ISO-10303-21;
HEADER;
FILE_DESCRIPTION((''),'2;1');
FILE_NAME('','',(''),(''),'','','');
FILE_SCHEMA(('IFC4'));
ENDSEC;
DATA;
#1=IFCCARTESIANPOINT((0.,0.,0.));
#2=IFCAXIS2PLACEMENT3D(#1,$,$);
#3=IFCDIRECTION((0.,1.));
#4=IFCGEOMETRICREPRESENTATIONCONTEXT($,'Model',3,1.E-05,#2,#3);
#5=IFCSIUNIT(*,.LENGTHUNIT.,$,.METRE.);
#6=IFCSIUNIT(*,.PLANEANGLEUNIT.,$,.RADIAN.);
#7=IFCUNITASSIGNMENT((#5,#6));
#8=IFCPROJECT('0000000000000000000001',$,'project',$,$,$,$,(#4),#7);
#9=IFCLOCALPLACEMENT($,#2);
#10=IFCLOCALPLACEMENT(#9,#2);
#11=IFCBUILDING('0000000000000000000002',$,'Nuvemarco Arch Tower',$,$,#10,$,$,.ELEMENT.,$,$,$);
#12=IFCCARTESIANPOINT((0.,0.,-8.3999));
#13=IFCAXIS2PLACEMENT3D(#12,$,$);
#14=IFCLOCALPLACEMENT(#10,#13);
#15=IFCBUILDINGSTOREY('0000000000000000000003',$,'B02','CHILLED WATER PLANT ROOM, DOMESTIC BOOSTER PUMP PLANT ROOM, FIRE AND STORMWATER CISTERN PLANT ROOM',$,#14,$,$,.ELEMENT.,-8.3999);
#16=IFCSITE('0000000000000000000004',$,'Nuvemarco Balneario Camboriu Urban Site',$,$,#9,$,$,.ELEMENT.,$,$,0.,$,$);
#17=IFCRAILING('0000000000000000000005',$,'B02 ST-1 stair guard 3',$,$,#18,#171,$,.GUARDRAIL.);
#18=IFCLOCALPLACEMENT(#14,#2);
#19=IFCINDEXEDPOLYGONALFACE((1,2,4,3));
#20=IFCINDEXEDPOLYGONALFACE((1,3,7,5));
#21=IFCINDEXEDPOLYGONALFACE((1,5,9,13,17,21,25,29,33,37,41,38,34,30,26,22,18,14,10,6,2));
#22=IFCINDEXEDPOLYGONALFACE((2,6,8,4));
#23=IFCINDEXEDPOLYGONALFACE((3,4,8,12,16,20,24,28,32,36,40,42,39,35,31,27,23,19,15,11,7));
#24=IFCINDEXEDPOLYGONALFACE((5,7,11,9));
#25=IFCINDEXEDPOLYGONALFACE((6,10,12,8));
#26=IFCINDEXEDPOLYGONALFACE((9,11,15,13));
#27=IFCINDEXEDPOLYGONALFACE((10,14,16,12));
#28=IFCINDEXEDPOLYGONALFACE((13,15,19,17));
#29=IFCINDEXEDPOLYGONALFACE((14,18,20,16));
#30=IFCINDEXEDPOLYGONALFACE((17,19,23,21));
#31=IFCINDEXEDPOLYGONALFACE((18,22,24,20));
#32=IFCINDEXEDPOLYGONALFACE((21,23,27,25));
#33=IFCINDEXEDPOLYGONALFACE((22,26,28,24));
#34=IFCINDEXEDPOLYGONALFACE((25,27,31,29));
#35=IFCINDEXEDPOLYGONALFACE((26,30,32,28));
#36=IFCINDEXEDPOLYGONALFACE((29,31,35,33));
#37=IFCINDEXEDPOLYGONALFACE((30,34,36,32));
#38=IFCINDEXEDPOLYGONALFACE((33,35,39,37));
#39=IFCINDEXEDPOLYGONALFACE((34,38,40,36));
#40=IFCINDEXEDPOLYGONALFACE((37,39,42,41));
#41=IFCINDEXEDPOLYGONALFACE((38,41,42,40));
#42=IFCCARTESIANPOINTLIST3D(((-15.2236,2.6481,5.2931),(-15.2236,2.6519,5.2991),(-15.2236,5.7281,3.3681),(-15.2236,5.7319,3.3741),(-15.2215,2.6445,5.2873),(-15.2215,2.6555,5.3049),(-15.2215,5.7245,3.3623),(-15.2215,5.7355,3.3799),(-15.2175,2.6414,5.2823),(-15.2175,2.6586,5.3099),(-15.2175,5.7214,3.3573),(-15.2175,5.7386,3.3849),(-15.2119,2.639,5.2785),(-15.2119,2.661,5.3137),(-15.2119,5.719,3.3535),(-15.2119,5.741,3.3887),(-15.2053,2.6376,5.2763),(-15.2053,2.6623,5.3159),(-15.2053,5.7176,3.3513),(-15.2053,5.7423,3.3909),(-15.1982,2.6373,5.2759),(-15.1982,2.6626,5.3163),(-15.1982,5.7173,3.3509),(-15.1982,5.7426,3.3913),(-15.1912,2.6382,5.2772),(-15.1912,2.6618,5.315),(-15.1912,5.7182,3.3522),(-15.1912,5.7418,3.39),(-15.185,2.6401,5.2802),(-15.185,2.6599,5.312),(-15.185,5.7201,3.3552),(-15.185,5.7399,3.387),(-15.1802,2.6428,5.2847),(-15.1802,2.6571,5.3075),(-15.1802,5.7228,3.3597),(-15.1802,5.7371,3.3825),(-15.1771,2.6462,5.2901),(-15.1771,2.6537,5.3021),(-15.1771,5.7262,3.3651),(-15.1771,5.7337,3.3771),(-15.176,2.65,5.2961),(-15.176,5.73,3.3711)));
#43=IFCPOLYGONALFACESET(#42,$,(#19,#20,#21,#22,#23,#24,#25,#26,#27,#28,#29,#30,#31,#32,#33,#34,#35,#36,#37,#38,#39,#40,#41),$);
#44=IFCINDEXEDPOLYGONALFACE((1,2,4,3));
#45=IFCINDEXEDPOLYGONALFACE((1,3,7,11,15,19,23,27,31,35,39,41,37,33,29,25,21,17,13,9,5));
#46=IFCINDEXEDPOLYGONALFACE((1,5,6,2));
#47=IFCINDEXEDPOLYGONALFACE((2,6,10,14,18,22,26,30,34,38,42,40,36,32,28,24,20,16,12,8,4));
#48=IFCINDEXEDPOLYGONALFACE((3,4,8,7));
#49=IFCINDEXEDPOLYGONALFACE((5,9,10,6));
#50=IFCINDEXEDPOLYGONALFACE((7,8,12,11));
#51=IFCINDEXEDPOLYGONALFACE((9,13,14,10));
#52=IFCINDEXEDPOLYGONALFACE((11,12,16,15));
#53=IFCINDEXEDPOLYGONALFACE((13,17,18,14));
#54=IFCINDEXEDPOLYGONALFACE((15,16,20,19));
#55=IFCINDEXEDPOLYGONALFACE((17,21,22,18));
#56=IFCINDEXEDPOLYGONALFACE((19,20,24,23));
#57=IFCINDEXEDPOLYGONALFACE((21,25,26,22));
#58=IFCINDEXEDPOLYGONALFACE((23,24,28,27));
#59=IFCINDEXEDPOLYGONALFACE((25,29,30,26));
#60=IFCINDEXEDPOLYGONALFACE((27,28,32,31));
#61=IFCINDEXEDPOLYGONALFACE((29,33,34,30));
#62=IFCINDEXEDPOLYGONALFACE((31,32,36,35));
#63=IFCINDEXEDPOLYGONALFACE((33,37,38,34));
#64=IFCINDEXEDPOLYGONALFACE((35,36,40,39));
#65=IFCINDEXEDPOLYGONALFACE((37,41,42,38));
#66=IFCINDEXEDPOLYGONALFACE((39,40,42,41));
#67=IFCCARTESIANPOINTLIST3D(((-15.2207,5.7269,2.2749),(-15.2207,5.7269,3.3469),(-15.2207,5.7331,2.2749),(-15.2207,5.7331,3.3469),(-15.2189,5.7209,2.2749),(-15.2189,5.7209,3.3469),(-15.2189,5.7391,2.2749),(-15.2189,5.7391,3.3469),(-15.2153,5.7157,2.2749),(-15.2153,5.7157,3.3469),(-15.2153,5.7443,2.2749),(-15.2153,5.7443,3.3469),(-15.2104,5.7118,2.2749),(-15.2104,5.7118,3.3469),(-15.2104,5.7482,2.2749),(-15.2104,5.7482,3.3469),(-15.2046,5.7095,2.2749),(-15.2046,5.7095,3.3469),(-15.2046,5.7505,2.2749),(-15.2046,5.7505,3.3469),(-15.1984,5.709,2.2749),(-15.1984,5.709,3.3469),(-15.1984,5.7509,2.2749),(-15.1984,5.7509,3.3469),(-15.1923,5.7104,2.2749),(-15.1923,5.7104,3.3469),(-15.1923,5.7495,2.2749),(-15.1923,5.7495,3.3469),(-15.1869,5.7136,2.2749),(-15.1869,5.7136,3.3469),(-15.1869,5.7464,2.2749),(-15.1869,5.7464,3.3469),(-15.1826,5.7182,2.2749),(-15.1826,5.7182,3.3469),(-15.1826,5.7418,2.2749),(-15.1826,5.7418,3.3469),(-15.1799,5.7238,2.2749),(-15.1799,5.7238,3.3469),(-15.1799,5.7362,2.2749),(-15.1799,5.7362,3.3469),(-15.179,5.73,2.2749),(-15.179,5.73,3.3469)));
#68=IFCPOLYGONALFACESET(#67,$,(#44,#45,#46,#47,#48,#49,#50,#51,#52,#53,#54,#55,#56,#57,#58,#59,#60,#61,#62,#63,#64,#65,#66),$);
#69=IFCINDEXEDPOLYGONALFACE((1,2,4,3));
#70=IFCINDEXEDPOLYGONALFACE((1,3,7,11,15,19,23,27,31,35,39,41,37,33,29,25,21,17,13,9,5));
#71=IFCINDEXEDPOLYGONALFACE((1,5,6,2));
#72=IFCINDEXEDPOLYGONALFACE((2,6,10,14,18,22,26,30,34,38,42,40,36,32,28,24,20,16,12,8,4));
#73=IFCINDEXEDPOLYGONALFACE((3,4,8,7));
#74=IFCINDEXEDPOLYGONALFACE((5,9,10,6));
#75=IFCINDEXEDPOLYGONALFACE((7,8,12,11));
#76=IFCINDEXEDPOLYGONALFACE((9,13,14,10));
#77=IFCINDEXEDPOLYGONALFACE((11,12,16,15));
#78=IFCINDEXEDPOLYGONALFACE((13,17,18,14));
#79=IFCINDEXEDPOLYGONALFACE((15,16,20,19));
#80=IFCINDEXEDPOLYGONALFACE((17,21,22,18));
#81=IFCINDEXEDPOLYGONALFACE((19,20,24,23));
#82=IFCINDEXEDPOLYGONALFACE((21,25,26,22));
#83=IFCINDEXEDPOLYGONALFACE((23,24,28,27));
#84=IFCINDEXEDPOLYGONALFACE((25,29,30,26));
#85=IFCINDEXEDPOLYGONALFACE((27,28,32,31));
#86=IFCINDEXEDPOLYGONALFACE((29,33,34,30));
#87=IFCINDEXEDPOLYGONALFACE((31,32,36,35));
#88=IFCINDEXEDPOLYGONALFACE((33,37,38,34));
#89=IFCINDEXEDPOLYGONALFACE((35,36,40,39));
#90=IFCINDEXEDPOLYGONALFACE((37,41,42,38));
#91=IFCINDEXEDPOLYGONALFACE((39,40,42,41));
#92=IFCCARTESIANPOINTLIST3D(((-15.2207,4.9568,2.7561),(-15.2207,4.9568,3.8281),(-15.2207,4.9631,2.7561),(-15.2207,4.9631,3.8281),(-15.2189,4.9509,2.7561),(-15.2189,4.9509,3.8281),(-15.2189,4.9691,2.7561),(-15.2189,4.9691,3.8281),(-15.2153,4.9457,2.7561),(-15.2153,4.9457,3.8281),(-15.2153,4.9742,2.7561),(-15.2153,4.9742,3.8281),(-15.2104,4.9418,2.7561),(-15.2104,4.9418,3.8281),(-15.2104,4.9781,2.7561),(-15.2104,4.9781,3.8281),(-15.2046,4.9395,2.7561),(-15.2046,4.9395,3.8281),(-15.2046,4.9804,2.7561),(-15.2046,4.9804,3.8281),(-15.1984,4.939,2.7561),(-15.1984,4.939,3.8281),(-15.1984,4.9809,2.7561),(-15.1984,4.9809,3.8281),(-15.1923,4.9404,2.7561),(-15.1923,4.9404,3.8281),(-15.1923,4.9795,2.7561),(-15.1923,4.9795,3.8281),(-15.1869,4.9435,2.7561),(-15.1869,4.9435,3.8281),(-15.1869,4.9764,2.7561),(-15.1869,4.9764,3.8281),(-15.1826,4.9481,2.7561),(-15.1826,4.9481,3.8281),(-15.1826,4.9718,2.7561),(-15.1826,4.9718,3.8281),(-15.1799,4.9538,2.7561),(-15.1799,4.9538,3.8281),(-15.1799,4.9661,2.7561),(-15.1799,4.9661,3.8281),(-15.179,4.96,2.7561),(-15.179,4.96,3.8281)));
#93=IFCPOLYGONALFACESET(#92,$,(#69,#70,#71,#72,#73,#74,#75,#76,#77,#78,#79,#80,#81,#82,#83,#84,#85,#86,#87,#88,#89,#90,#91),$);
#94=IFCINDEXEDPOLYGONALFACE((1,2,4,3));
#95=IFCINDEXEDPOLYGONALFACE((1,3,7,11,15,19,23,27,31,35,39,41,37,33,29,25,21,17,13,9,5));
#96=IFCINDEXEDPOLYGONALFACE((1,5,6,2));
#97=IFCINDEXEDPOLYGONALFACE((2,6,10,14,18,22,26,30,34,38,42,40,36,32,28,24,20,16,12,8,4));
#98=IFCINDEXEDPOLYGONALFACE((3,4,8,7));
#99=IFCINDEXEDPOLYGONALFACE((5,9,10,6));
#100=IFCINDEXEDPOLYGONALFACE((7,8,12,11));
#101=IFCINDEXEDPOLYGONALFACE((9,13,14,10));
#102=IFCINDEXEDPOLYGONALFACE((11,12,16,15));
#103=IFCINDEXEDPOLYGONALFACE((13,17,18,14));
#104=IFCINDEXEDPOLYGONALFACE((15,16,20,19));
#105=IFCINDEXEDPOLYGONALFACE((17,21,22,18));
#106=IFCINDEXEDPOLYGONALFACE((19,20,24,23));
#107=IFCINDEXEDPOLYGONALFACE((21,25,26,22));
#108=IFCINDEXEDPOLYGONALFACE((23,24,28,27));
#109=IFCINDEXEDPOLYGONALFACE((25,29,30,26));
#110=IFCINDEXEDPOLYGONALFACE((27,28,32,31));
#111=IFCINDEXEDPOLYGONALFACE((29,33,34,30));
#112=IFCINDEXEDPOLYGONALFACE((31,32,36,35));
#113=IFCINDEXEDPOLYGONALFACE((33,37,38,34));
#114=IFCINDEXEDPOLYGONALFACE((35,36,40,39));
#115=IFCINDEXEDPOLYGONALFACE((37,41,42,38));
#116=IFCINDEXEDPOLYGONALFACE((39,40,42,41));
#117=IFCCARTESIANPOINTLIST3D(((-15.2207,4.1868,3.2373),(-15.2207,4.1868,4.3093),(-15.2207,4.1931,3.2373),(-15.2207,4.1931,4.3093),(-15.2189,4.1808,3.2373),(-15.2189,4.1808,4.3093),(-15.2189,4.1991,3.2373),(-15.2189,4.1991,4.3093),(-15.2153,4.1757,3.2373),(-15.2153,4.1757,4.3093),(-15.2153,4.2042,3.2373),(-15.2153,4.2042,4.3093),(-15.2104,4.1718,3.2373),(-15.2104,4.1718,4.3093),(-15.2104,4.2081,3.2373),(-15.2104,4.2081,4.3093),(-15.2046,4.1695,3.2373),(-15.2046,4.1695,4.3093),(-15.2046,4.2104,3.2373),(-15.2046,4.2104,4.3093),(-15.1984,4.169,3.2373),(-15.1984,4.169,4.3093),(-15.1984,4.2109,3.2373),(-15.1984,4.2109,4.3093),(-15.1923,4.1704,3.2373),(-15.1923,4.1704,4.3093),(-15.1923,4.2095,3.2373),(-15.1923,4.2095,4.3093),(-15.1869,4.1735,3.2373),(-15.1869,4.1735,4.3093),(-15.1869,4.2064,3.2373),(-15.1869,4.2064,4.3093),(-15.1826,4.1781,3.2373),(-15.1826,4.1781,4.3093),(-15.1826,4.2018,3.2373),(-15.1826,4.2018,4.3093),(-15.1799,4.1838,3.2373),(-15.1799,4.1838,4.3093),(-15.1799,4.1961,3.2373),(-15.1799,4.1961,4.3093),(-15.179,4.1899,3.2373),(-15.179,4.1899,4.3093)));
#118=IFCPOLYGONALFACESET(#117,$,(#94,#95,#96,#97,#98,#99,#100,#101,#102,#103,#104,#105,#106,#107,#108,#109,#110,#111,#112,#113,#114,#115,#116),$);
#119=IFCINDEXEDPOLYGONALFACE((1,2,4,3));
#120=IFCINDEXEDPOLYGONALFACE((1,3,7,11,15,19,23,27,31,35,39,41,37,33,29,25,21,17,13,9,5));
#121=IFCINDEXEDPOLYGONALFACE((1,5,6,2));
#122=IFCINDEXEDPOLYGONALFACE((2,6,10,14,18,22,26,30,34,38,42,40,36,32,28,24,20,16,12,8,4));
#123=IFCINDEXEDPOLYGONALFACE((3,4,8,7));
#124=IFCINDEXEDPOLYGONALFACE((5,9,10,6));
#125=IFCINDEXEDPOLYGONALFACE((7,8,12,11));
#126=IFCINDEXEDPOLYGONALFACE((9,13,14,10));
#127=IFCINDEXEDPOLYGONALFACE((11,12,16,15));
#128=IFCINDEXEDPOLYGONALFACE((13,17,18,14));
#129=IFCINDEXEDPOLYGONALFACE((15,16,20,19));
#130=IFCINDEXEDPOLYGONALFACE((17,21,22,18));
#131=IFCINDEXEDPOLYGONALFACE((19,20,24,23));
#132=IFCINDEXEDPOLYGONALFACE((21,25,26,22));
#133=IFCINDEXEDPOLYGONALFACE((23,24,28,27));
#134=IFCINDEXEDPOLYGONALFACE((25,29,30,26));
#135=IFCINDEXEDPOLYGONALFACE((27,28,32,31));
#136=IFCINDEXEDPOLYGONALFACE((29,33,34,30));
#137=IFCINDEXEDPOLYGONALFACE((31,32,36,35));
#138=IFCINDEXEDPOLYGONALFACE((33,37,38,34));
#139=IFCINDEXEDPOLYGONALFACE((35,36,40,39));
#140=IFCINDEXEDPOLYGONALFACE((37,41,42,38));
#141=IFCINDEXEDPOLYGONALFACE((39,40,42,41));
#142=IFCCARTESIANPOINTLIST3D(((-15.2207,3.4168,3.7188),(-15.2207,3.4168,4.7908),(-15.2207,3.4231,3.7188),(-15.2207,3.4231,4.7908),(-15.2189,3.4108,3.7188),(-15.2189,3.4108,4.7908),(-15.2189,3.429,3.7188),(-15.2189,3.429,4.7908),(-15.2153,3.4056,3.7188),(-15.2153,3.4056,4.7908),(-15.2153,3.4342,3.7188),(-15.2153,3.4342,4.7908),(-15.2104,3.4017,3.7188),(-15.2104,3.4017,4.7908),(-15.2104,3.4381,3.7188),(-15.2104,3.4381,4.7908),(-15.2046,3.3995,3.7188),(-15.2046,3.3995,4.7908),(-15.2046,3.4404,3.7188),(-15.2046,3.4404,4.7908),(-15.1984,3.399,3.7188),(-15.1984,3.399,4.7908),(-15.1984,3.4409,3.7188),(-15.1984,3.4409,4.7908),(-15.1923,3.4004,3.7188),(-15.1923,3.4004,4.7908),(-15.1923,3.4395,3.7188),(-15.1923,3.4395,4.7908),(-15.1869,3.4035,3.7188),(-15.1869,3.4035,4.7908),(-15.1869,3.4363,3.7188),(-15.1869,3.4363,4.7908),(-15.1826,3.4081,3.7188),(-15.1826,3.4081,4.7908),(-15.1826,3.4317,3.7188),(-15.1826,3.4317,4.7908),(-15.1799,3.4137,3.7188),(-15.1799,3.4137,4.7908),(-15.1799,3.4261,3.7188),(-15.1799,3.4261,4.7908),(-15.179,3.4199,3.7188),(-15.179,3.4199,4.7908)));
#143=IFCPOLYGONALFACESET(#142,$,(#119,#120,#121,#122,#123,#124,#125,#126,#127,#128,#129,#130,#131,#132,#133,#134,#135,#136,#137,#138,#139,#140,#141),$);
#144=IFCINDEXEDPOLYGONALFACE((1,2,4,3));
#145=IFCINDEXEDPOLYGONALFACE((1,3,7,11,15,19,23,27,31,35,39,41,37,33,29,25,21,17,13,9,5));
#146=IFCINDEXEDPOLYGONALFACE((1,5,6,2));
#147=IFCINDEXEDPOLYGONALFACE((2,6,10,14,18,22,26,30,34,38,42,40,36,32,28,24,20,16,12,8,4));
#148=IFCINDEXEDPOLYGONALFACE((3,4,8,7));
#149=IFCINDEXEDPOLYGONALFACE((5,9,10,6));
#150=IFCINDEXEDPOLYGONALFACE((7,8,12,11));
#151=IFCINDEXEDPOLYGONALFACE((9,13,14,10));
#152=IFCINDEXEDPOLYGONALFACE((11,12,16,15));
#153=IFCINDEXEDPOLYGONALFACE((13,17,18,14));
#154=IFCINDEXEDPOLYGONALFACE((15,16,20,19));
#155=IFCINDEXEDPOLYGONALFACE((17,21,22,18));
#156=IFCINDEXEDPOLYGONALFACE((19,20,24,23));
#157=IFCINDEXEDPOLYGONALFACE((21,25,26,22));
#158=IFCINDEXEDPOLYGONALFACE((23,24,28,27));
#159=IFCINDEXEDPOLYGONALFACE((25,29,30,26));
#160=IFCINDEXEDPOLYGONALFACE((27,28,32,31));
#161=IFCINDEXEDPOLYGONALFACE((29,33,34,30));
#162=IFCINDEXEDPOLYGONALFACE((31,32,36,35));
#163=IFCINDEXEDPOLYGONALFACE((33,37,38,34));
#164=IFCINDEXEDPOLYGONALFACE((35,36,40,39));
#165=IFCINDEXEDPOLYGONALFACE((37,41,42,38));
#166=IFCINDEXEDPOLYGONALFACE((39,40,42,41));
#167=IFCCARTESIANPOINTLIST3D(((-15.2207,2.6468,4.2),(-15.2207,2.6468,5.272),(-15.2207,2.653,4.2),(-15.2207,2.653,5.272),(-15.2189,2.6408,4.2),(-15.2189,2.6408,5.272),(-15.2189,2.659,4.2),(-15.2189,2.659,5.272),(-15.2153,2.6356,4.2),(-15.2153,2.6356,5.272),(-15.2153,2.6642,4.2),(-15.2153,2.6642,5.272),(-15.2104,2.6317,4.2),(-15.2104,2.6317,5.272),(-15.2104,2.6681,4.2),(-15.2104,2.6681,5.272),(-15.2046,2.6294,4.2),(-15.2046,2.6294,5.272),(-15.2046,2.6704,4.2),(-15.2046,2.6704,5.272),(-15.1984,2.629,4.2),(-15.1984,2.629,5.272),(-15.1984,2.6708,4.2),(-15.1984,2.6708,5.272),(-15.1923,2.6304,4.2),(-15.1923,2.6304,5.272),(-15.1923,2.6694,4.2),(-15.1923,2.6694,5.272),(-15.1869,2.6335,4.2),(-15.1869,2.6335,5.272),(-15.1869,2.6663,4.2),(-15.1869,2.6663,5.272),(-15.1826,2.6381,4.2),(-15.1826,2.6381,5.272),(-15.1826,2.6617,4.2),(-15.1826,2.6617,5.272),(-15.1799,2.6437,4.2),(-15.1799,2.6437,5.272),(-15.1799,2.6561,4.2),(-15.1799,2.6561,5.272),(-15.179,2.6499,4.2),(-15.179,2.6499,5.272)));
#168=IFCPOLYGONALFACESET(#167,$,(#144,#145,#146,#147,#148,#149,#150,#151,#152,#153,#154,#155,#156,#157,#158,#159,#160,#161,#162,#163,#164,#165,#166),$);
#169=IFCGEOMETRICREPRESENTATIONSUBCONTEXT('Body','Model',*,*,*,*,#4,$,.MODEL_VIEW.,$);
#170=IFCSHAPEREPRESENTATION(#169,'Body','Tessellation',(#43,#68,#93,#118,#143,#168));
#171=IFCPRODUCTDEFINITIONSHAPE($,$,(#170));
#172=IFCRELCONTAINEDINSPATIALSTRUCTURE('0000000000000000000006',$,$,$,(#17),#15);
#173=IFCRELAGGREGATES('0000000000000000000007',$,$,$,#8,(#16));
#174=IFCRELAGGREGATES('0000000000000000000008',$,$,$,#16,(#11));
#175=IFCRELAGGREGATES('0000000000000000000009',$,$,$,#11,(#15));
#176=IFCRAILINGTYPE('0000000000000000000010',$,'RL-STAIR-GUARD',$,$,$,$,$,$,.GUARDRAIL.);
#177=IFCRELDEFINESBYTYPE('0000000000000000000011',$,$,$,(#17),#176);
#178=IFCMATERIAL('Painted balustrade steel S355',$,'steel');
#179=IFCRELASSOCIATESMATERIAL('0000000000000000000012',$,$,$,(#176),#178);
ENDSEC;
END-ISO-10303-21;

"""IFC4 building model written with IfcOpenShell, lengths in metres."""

from ifc_helpers import new_model, si_unit, direction, frame, origin, origin_2d, place, context, subcontext, project, spatial, circle, extrude, material, type_object, element, save


model = new_model("IFC4")

# Units and contexts
model_context = context("Model", 3, precision=1e-05, world=origin(), true_north=direction((0.0, 1.0)))
body_context = subcontext(model_context, "Body", "Model", "MODEL_VIEW")
ifc_project = project(units=[si_unit("LENGTHUNIT", "METRE"), si_unit("PLANEANGLEUNIT", "RADIAN")], contexts=[model_context])

# Site, building, storey
site_placement = place(None, origin())
site = spatial("IfcSite", under=ifc_project, at=site_placement, Name="Nuvemarco Balneario Camboriu Urban Site", CompositionType="ELEMENT", RefElevation=0.0)
building_placement = place(site_placement, origin())
building = spatial("IfcBuilding", under=site, at=building_placement, Name="Nuvemarco Arch Tower", CompositionType="ELEMENT")
storey_placement = place(building_placement, frame((0.0, 0.0, -8.3999)))
storey = spatial("IfcBuildingStorey", under=building, at=storey_placement, Name="B02", Description="CHILLED WATER PLANT ROOM, DOMESTIC BOOSTER PUMP PLANT ROOM, FIRE AND STORMWATER CISTERN PLANT ROOM", CompositionType="ELEMENT", Elevation=-8.3999)

# Railing
ifc_material_1 = material(Name="Painted balustrade steel S355", Category="steel")
railing_type_1 = type_object("IfcRailingType", Name="RL-STAIR-GUARD", PredefinedType="GUARDRAIL", material=ifc_material_1)
railing_1_placement = place(storey_placement, frame((-15.2, 5.73, 2.2749)))
element("IfcRailing", 1, at=railing_1_placement, inside=storey, type_object=railing_type_1, Name="B02 ST-1 stair guard 3", PredefinedType="GUARDRAIL", context=body_context, shape_type="SweptSolid", body=[
    extrude(circle(Radius=0.0239, at=origin_2d()), frame((0.0, 0.0, 1.0962), z_axis=(0.0, -0.847998, 0.529999), x_axis=(1.0, 0.0, 0.0)), (0.0, 0.0, 1.0), 3.6321),
    extrude(circle(Radius=0.021, at=origin_2d()), origin(), (0.0, 0.0, 1.0), 1.072),
    extrude(circle(Radius=0.021, at=origin_2d()), frame((0.0, -0.77, 0.4812)), (0.0, 0.0, 1.0), 1.072),
    extrude(circle(Radius=0.021, at=origin_2d()), frame((0.0, -1.54, 0.9624)), (0.0, 0.0, 1.0), 1.072),
    extrude(circle(Radius=0.021, at=origin_2d()), frame((0.0, -2.3101, 1.4438)), (0.0, 0.0, 1.0), 1.072),
    extrude(circle(Radius=0.021, at=origin_2d()), frame((0.0, -3.0801, 1.925)), (0.0, 0.0, 1.0), 1.072),
])

save(model, "model.ifc")
